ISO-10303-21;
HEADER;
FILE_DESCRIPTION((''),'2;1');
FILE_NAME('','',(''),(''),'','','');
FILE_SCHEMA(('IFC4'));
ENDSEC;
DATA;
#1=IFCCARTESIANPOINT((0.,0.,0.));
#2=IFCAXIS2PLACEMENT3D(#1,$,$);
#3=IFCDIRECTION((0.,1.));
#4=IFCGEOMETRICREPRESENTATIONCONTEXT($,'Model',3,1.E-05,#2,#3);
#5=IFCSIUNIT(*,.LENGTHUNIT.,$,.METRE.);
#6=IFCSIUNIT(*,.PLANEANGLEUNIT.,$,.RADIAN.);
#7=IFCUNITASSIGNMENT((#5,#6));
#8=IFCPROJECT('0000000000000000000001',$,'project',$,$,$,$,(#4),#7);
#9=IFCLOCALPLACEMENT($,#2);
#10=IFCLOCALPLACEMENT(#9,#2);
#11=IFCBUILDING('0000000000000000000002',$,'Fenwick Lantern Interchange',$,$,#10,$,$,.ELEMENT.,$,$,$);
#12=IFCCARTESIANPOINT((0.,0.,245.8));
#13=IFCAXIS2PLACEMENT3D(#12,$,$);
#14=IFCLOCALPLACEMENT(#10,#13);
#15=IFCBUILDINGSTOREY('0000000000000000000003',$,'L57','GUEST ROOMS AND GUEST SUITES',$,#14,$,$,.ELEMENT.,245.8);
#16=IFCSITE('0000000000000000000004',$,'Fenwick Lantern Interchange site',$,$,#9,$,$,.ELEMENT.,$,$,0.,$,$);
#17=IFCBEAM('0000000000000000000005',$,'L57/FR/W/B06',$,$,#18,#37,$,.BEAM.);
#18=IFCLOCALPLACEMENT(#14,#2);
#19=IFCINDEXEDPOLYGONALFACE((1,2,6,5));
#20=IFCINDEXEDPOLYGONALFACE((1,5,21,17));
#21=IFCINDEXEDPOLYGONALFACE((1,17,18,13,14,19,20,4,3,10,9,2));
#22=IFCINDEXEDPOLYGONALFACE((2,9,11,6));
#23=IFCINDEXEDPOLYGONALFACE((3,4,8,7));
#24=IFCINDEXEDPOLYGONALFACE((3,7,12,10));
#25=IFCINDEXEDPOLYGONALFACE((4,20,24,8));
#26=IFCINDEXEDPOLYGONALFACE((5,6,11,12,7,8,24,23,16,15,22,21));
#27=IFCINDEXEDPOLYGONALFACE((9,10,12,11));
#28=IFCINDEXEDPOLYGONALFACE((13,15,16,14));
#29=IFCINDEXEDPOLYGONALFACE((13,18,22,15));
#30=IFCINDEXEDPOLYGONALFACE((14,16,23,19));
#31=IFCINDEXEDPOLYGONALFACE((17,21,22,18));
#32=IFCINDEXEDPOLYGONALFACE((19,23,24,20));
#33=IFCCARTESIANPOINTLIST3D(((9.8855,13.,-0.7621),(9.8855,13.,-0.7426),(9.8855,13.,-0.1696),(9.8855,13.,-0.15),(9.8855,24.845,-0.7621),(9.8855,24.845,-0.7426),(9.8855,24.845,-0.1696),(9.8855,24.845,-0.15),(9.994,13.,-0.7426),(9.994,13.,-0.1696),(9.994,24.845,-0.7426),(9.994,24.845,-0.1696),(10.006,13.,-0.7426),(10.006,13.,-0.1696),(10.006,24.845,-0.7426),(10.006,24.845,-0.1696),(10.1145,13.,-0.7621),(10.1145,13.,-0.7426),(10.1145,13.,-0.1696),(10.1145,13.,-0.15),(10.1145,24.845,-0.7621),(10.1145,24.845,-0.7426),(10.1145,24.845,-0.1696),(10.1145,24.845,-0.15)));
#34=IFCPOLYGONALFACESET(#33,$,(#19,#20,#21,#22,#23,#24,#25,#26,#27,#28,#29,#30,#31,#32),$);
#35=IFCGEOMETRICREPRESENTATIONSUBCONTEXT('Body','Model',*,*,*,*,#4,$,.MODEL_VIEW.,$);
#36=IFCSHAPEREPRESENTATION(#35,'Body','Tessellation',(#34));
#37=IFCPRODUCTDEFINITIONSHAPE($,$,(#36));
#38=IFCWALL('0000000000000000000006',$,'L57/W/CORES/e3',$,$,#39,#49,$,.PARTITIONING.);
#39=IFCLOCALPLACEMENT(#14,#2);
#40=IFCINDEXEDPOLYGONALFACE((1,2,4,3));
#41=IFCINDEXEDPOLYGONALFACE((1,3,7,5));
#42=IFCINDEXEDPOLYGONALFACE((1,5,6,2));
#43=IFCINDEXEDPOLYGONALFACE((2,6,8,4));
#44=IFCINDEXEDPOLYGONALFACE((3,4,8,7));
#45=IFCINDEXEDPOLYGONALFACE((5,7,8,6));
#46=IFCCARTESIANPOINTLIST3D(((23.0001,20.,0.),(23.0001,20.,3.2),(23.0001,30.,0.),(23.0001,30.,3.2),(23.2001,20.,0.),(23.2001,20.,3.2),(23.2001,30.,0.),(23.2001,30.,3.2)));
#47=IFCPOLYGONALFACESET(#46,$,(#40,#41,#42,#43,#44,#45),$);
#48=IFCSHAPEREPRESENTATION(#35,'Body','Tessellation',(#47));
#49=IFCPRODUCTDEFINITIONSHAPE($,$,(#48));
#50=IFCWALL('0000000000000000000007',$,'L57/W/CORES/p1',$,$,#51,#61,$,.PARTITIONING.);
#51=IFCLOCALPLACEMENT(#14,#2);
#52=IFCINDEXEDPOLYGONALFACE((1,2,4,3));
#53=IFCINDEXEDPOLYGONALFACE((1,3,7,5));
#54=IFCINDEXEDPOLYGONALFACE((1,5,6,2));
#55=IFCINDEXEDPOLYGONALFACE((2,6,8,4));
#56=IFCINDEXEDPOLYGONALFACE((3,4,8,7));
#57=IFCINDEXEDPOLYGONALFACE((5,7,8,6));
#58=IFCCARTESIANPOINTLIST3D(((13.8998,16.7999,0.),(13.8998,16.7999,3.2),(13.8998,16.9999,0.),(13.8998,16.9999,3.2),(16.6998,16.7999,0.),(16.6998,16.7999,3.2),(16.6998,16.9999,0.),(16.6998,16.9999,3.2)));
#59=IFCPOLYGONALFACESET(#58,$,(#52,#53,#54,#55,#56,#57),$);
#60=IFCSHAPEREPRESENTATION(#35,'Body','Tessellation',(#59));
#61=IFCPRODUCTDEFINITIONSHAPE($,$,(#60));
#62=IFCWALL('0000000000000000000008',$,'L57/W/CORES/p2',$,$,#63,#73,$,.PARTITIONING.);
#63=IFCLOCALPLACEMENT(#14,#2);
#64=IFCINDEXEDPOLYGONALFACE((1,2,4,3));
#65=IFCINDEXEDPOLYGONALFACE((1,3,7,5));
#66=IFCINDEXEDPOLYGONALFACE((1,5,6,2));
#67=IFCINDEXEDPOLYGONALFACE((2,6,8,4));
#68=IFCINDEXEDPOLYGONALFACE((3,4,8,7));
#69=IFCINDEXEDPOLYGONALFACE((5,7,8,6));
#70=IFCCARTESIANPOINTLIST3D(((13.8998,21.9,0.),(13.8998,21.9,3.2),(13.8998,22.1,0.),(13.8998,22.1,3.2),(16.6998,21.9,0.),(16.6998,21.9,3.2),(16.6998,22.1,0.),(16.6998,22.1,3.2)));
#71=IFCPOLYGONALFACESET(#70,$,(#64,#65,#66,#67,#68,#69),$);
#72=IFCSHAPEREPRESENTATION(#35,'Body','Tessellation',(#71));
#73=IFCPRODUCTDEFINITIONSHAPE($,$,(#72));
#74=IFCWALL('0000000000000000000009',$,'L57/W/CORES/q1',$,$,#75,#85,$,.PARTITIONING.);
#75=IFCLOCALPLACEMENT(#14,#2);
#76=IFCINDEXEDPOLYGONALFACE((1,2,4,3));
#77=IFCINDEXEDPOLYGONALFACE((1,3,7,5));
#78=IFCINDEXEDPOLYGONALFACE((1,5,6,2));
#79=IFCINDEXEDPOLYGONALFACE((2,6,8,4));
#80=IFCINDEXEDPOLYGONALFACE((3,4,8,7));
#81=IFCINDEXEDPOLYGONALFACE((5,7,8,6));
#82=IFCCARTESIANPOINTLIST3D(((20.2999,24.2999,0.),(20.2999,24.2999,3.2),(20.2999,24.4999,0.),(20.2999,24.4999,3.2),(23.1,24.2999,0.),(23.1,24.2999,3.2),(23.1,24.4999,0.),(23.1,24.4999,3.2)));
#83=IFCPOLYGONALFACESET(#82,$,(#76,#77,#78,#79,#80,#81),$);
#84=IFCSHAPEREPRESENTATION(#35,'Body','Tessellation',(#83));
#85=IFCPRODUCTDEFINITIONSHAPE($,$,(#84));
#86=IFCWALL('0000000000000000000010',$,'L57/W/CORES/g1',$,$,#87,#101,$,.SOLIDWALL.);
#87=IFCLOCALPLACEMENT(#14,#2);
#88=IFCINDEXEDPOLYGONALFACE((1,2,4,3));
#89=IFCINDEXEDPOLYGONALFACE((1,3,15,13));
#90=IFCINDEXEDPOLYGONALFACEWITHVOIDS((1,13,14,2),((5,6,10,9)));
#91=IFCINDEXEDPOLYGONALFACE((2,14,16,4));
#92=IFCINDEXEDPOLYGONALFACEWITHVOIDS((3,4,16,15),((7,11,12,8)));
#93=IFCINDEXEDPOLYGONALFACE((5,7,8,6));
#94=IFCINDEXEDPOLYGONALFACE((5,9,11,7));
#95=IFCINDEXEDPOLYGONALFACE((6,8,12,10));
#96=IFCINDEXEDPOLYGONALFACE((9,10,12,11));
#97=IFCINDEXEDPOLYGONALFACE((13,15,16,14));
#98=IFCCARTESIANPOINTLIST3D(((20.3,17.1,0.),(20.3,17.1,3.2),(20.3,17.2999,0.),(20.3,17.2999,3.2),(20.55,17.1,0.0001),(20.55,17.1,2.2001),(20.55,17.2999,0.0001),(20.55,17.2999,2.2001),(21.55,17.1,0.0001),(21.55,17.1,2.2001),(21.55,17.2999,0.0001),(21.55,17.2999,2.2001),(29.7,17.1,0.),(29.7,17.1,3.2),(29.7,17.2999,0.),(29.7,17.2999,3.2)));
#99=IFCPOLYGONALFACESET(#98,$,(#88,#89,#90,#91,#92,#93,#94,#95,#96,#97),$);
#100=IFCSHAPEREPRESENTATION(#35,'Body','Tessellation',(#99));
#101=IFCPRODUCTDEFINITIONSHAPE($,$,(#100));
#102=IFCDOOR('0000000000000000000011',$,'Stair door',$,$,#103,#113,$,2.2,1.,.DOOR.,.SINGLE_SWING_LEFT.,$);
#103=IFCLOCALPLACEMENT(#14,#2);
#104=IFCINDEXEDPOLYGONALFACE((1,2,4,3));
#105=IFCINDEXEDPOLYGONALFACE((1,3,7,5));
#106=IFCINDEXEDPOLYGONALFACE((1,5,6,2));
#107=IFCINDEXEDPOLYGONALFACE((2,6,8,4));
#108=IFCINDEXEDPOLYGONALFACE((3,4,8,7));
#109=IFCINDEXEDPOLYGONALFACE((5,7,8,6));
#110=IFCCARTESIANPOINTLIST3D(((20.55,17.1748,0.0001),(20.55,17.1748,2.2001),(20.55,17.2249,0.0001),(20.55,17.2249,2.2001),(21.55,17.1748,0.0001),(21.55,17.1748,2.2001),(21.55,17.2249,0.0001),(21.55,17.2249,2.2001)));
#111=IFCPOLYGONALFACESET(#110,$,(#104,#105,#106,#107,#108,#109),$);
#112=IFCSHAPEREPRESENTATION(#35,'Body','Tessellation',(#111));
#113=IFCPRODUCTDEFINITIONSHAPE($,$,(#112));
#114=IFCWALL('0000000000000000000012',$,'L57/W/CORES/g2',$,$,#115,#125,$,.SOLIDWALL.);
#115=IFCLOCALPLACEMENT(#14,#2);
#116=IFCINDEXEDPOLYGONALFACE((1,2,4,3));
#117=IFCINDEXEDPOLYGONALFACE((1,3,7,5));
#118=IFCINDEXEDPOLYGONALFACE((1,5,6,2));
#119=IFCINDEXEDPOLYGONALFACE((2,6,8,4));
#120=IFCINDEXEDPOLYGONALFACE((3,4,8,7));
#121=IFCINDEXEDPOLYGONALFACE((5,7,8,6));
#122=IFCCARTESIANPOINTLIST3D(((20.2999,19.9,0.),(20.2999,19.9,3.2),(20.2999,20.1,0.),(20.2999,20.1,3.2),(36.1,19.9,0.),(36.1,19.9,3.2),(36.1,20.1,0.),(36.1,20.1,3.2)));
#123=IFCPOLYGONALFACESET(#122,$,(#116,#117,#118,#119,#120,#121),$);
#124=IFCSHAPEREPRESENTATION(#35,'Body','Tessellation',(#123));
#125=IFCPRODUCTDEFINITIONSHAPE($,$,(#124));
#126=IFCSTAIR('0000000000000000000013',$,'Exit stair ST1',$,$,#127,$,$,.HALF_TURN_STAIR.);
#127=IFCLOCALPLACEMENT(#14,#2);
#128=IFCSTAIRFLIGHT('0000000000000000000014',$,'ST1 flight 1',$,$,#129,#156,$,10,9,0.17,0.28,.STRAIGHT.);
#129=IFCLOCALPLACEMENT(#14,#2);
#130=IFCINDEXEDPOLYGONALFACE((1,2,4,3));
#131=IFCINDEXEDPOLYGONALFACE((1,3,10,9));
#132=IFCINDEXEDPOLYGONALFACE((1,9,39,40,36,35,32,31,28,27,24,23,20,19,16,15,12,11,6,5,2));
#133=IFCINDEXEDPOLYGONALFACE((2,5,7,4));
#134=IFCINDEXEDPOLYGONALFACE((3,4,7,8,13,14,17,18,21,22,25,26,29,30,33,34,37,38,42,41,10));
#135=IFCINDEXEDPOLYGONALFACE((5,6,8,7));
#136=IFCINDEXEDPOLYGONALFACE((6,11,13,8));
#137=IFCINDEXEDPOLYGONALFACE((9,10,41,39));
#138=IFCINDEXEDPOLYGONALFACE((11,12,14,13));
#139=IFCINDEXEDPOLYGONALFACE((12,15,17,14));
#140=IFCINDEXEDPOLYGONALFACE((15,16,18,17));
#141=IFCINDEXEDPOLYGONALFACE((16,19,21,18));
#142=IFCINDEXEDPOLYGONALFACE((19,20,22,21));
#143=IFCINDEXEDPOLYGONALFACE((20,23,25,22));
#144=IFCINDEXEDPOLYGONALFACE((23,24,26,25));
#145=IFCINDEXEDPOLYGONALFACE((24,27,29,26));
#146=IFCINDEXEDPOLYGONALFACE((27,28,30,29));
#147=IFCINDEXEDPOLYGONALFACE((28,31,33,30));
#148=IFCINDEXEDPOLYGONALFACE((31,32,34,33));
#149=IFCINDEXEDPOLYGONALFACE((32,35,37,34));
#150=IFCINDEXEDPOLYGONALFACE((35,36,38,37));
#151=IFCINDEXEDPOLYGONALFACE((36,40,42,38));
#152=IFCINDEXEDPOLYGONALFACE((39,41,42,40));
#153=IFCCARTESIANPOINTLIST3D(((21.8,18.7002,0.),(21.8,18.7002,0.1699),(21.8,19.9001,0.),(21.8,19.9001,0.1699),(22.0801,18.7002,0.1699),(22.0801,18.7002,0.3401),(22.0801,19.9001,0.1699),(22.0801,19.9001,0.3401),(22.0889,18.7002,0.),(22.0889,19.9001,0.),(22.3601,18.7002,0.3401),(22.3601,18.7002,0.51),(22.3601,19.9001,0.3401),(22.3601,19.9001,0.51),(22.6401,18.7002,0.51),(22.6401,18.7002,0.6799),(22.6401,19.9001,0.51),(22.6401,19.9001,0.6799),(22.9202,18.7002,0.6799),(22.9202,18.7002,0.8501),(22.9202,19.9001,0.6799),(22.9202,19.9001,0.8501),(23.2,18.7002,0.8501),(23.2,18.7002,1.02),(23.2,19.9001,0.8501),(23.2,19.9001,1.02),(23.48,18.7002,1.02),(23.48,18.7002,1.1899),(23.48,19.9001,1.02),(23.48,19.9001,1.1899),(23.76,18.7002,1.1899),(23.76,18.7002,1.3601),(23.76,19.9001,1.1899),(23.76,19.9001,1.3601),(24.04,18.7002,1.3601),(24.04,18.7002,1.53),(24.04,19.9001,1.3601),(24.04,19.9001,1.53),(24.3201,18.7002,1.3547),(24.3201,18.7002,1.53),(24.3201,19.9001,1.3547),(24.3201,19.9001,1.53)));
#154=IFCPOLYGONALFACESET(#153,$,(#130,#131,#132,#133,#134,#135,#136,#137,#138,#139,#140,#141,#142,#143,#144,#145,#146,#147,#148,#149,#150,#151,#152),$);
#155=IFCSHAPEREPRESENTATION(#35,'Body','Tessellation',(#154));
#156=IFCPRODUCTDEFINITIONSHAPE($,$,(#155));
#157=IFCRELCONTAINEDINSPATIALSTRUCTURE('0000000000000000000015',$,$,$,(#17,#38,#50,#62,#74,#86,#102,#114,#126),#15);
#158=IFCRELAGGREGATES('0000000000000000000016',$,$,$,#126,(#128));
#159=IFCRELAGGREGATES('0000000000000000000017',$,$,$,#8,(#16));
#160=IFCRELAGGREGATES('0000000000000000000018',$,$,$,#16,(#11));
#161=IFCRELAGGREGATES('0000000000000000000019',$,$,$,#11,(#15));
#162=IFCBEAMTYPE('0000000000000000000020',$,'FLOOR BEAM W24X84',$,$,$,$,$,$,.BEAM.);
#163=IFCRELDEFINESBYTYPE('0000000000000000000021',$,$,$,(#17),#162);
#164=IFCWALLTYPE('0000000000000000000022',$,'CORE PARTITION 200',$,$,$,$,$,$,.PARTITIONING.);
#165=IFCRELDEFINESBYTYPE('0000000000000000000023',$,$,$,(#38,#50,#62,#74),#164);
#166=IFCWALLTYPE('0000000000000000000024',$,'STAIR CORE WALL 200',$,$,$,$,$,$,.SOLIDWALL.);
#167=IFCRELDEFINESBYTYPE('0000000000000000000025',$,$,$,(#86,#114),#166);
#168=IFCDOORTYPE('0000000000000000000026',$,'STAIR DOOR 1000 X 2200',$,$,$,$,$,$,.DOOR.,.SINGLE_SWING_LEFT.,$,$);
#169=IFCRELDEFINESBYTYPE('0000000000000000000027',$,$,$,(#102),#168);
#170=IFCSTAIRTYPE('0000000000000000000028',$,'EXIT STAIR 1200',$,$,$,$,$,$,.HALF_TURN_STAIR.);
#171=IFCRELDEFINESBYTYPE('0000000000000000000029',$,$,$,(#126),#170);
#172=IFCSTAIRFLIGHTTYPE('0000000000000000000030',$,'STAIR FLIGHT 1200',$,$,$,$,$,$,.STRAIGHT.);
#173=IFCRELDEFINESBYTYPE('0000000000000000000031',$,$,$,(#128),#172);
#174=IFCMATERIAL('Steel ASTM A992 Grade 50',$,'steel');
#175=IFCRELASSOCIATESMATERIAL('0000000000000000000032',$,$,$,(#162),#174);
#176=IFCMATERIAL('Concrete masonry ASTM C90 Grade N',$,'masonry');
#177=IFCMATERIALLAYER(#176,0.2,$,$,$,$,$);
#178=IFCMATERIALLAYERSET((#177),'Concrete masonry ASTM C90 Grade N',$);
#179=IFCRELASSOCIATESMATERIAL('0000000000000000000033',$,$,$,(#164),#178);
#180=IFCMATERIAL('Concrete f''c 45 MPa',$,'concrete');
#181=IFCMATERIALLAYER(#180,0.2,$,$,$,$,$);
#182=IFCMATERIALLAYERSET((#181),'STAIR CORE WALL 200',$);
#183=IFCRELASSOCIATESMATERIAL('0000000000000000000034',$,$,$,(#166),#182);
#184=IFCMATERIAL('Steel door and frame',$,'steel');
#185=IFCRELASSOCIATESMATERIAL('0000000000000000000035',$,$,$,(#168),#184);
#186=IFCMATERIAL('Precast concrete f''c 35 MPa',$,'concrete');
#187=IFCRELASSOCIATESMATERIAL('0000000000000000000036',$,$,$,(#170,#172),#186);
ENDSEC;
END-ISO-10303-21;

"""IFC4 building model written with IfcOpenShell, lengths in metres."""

from ifc_helpers import new_model, si_unit, direction, frame, frame_2d, origin, origin_2d, place, context, subcontext, project, spatial, polyline, rectangle, i_section, outline, extrude, material, layer, layer_set, material_profile, profile_set, type_object, element, fill, aggregate, save


model = new_model("IFC4")

# Units and contexts
model_context = context("Model", 3, precision=1e-05, world=origin(), true_north=direction((0.0, 1.0)))
body_context = subcontext(model_context, "Body", "Model", "MODEL_VIEW")
ifc_project = project(units=[si_unit("LENGTHUNIT", "METRE"), si_unit("PLANEANGLEUNIT", "RADIAN")], contexts=[model_context])

# Site, building, storey
site_placement = place(None, origin())
site = spatial("IfcSite", under=ifc_project, at=site_placement, Name="Fenwick Lantern Interchange site", CompositionType="ELEMENT", RefElevation=0.0)
building_placement = place(site_placement, origin())
building = spatial("IfcBuilding", under=site, at=building_placement, Name="Fenwick Lantern Interchange", CompositionType="ELEMENT")
storey_placement = place(building_placement, frame((0.0, 0.0, 245.8)))
storey = spatial("IfcBuildingStorey", under=building, at=storey_placement, Name="L57", Description="GUEST ROOMS AND GUEST SUITES", CompositionType="ELEMENT", Elevation=245.8)

# Beam
ifc_material_1 = material(Name="Steel ASTM A992 Grade 50", Category="steel")
ifc_material_profile = material_profile(ifc_material_1, i_section(OverallWidth=0.229, OverallDepth=0.6121, WebThickness=0.012, FlangeThickness=0.0195, at=origin_2d()), Name="W24X84")
ifc_profile_set = profile_set([ifc_material_profile], Name="Steel ASTM A992 Grade 50")
beam_type = type_object("IfcBeamType", Name="FLOOR BEAM W24X84", PredefinedType="BEAM", material=ifc_profile_set)
beam_placement = place(storey_placement, frame((10.0, 24.845, -0.4561), z_axis=(0.0, -1.0, 0.0), x_axis=(1.0, 0.0, 0.0)))
element("IfcBeam", 1, at=beam_placement, inside=storey, type_object=beam_type, Name="L57/FR/W/B06", PredefinedType="BEAM", context=body_context, shape_type="SweptSolid", body=[
    extrude(i_section(OverallWidth=0.229, OverallDepth=0.6121, WebThickness=0.012, FlangeThickness=0.0195, at=origin_2d()), origin(), (0.0, 0.0, 1.0), 11.845),
])

# Walls
ifc_material_2 = material(Name="Concrete masonry ASTM C90 Grade N", Category="masonry")
ifc_layer_1 = layer(ifc_material_2, 0.2)
ifc_layer_set_1 = layer_set([ifc_layer_1], Name="Concrete masonry ASTM C90 Grade N")
wall_type_1 = type_object("IfcWallType", Name="CORE PARTITION 200", PredefinedType="PARTITIONING", material=ifc_layer_set_1)
wall_1_placement = place(storey_placement, frame((23.1001, 20.0, 0.0), z_axis=(0.0, 0.0, 1.0), x_axis=(0.0, 1.0, 0.0)))
element("IfcWall", 2, at=wall_1_placement, inside=storey, type_object=wall_type_1, Name="L57/W/CORES/e3", PredefinedType="PARTITIONING", context=body_context, shape_type="SweptSolid", body=[
    extrude(rectangle(XDim=10.0, YDim=0.2, at=frame_2d((5.0, 0.0))), origin(), (0.0, 0.0, 1.0), 3.2),
])
for number, where, z_axis, x_axis, name in (
    (3, (13.8999, 16.8999, 0.0), (0.0, 0.0, 1.0), (1.0, 0.0, 0.0), "L57/W/CORES/p1"),
    (4, (13.8999, 22.0, 0.0), (0.0, 0.0, 1.0), (1.0, 0.0, 0.0), "L57/W/CORES/p2"),
    (5, (20.3, 24.3999, 0.0), (0.0, 0.0, 1.0), (1.0, 0.0, 0.0), "L57/W/CORES/q1"),
):
    element("IfcWall", number, at=place(storey_placement, frame(where, z_axis=z_axis, x_axis=x_axis)), inside=storey, type_object=wall_type_1, Name=name, PredefinedType="PARTITIONING", context=body_context, shape_type="SweptSolid", body=[
        extrude(rectangle(XDim=2.8, YDim=0.2, at=frame_2d((1.3999, 0.0))), origin(), (0.0, 0.0, 1.0), 3.2),
    ])

# Wall, opening, door
ifc_material_3 = material(Name="Concrete f'c 45 MPa", Category="concrete")
ifc_layer_2 = layer(ifc_material_3, 0.2)
ifc_layer_set_2 = layer_set([ifc_layer_2], Name="STAIR CORE WALL 200")
wall_type_2 = type_object("IfcWallType", Name="STAIR CORE WALL 200", PredefinedType="SOLIDWALL", material=ifc_layer_set_2)
wall_2_placement = place(storey_placement, frame((20.3, 17.2, 0.0), z_axis=(0.0, 0.0, 1.0), x_axis=(1.0, 0.0, 0.0)))
wall_2 = element("IfcWall", 6, at=wall_2_placement, inside=storey, type_object=wall_type_2, Name="L57/W/CORES/g1", PredefinedType="SOLIDWALL", context=body_context, shape_type="SweptSolid", body=[
    extrude(rectangle(XDim=9.3999, YDim=0.2, at=frame_2d((4.7, 0.0))), origin(), (0.0, 0.0, 1.0), 3.2),
])
opening_placement = place(wall_2_placement, frame((0.25, 0.0, 0.0)))
opening = element("IfcOpeningElement", 7, at=opening_placement, cuts=wall_2, PredefinedType="OPENING", context=body_context, shape_type="SweptSolid", body=[
    extrude(rectangle(XDim=1.0, YDim=2.2, at=frame_2d((0.5, 1.1001))), frame((0.0, 0.1099, 0.0), z_axis=(0.0, -1.0, 0.0), x_axis=(1.0, 0.0, 0.0)), (0.0, 0.0, 1.0), 0.22),
])
ifc_material_4 = material(Name="Steel door and frame", Category="steel")
door_type = type_object("IfcDoorType", Name="STAIR DOOR 1000 X 2200", OperationType="SINGLE_SWING_LEFT", PredefinedType="DOOR", material=ifc_material_4)
door_placement = place(opening_placement, origin())
door = element("IfcDoor", 8, at=door_placement, inside=storey, type_object=door_type, Name="Stair door", OperationType="SINGLE_SWING_LEFT", OverallHeight=2.2, OverallWidth=1.0, PredefinedType="DOOR", context=body_context, shape_type="SweptSolid", body=[
    extrude(rectangle(XDim=1.0, YDim=2.2, at=frame_2d((0.5, 1.1001))), frame((0.0, 0.0249, 0.0), z_axis=(0.0, -1.0, 0.0), x_axis=(1.0, 0.0, 0.0)), (0.0, 0.0, 1.0), 0.05),
])
fill(opening, door)

# Wall
wall_3_placement = place(storey_placement, frame((20.3, 20.0, 0.0), z_axis=(0.0, 0.0, 1.0), x_axis=(1.0, 0.0, 0.0)))
element("IfcWall", 9, at=wall_3_placement, inside=storey, type_object=wall_type_2, Name="L57/W/CORES/g2", PredefinedType="SOLIDWALL", context=body_context, shape_type="SweptSolid", body=[
    extrude(rectangle(XDim=15.8, YDim=0.2, at=frame_2d((7.8999, 0.0))), origin(), (0.0, 0.0, 1.0), 3.2),
])

# Stair, stair flight
ifc_material_5 = material(Name="Precast concrete f'c 35 MPa", Category="concrete")
stair_type = type_object("IfcStairType", Name="EXIT STAIR 1200", PredefinedType="HALF_TURN_STAIR", material=ifc_material_5)
stair_placement = place(storey_placement, origin())
stair = element("IfcStair", 10, at=stair_placement, inside=storey, type_object=stair_type, Name="Exit stair ST1", PredefinedType="HALF_TURN_STAIR")
stair_flight_type = type_object("IfcStairFlightType", Name="STAIR FLIGHT 1200", PredefinedType="STRAIGHT", material=ifc_material_5)
stair_flight_placement = place(storey_placement, frame((21.8, 19.3, 0.0), z_axis=(0.0, 0.0, 1.0), x_axis=(1.0, 0.0, 0.0)))
stair_flight = element("IfcStairFlight", 11, at=stair_flight_placement, type_object=stair_flight_type, Name="ST1 flight 1", NumberOfRisers=10, NumberOfTreads=9, PredefinedType="STRAIGHT", RiserHeight=0.17, TreadLength=0.28, context=body_context, shape_type="SweptSolid", body=[
    extrude(outline(polyline([(0.0, 0.0), (0.0, 0.1699), (0.28, 0.1699), (0.28, 0.3401), (0.5601, 0.3401), (0.5601, 0.51), (0.8401, 0.51), (0.8401, 0.6799), (1.1201, 0.6799), (1.1201, 0.8501), (1.3999, 0.8501), (1.3999, 1.02), (1.6799, 1.02), (1.6799, 1.1899), (1.96, 1.1899), (1.96, 1.3601), (2.24, 1.3601), (2.24, 1.53), (2.52, 1.53), (2.52, 1.7), (2.52, 1.3547), (0.2888, 0.0), (0.0, 0.0)])), frame((0.0, 0.6001, 0.0), z_axis=(0.0, -1.0, 0.0), x_axis=(1.0, 0.0, 0.0)), (0.0, 0.0, 1.0), 1.2),
])
aggregate(stair, [stair_flight])

save(model, "model.ifc")
